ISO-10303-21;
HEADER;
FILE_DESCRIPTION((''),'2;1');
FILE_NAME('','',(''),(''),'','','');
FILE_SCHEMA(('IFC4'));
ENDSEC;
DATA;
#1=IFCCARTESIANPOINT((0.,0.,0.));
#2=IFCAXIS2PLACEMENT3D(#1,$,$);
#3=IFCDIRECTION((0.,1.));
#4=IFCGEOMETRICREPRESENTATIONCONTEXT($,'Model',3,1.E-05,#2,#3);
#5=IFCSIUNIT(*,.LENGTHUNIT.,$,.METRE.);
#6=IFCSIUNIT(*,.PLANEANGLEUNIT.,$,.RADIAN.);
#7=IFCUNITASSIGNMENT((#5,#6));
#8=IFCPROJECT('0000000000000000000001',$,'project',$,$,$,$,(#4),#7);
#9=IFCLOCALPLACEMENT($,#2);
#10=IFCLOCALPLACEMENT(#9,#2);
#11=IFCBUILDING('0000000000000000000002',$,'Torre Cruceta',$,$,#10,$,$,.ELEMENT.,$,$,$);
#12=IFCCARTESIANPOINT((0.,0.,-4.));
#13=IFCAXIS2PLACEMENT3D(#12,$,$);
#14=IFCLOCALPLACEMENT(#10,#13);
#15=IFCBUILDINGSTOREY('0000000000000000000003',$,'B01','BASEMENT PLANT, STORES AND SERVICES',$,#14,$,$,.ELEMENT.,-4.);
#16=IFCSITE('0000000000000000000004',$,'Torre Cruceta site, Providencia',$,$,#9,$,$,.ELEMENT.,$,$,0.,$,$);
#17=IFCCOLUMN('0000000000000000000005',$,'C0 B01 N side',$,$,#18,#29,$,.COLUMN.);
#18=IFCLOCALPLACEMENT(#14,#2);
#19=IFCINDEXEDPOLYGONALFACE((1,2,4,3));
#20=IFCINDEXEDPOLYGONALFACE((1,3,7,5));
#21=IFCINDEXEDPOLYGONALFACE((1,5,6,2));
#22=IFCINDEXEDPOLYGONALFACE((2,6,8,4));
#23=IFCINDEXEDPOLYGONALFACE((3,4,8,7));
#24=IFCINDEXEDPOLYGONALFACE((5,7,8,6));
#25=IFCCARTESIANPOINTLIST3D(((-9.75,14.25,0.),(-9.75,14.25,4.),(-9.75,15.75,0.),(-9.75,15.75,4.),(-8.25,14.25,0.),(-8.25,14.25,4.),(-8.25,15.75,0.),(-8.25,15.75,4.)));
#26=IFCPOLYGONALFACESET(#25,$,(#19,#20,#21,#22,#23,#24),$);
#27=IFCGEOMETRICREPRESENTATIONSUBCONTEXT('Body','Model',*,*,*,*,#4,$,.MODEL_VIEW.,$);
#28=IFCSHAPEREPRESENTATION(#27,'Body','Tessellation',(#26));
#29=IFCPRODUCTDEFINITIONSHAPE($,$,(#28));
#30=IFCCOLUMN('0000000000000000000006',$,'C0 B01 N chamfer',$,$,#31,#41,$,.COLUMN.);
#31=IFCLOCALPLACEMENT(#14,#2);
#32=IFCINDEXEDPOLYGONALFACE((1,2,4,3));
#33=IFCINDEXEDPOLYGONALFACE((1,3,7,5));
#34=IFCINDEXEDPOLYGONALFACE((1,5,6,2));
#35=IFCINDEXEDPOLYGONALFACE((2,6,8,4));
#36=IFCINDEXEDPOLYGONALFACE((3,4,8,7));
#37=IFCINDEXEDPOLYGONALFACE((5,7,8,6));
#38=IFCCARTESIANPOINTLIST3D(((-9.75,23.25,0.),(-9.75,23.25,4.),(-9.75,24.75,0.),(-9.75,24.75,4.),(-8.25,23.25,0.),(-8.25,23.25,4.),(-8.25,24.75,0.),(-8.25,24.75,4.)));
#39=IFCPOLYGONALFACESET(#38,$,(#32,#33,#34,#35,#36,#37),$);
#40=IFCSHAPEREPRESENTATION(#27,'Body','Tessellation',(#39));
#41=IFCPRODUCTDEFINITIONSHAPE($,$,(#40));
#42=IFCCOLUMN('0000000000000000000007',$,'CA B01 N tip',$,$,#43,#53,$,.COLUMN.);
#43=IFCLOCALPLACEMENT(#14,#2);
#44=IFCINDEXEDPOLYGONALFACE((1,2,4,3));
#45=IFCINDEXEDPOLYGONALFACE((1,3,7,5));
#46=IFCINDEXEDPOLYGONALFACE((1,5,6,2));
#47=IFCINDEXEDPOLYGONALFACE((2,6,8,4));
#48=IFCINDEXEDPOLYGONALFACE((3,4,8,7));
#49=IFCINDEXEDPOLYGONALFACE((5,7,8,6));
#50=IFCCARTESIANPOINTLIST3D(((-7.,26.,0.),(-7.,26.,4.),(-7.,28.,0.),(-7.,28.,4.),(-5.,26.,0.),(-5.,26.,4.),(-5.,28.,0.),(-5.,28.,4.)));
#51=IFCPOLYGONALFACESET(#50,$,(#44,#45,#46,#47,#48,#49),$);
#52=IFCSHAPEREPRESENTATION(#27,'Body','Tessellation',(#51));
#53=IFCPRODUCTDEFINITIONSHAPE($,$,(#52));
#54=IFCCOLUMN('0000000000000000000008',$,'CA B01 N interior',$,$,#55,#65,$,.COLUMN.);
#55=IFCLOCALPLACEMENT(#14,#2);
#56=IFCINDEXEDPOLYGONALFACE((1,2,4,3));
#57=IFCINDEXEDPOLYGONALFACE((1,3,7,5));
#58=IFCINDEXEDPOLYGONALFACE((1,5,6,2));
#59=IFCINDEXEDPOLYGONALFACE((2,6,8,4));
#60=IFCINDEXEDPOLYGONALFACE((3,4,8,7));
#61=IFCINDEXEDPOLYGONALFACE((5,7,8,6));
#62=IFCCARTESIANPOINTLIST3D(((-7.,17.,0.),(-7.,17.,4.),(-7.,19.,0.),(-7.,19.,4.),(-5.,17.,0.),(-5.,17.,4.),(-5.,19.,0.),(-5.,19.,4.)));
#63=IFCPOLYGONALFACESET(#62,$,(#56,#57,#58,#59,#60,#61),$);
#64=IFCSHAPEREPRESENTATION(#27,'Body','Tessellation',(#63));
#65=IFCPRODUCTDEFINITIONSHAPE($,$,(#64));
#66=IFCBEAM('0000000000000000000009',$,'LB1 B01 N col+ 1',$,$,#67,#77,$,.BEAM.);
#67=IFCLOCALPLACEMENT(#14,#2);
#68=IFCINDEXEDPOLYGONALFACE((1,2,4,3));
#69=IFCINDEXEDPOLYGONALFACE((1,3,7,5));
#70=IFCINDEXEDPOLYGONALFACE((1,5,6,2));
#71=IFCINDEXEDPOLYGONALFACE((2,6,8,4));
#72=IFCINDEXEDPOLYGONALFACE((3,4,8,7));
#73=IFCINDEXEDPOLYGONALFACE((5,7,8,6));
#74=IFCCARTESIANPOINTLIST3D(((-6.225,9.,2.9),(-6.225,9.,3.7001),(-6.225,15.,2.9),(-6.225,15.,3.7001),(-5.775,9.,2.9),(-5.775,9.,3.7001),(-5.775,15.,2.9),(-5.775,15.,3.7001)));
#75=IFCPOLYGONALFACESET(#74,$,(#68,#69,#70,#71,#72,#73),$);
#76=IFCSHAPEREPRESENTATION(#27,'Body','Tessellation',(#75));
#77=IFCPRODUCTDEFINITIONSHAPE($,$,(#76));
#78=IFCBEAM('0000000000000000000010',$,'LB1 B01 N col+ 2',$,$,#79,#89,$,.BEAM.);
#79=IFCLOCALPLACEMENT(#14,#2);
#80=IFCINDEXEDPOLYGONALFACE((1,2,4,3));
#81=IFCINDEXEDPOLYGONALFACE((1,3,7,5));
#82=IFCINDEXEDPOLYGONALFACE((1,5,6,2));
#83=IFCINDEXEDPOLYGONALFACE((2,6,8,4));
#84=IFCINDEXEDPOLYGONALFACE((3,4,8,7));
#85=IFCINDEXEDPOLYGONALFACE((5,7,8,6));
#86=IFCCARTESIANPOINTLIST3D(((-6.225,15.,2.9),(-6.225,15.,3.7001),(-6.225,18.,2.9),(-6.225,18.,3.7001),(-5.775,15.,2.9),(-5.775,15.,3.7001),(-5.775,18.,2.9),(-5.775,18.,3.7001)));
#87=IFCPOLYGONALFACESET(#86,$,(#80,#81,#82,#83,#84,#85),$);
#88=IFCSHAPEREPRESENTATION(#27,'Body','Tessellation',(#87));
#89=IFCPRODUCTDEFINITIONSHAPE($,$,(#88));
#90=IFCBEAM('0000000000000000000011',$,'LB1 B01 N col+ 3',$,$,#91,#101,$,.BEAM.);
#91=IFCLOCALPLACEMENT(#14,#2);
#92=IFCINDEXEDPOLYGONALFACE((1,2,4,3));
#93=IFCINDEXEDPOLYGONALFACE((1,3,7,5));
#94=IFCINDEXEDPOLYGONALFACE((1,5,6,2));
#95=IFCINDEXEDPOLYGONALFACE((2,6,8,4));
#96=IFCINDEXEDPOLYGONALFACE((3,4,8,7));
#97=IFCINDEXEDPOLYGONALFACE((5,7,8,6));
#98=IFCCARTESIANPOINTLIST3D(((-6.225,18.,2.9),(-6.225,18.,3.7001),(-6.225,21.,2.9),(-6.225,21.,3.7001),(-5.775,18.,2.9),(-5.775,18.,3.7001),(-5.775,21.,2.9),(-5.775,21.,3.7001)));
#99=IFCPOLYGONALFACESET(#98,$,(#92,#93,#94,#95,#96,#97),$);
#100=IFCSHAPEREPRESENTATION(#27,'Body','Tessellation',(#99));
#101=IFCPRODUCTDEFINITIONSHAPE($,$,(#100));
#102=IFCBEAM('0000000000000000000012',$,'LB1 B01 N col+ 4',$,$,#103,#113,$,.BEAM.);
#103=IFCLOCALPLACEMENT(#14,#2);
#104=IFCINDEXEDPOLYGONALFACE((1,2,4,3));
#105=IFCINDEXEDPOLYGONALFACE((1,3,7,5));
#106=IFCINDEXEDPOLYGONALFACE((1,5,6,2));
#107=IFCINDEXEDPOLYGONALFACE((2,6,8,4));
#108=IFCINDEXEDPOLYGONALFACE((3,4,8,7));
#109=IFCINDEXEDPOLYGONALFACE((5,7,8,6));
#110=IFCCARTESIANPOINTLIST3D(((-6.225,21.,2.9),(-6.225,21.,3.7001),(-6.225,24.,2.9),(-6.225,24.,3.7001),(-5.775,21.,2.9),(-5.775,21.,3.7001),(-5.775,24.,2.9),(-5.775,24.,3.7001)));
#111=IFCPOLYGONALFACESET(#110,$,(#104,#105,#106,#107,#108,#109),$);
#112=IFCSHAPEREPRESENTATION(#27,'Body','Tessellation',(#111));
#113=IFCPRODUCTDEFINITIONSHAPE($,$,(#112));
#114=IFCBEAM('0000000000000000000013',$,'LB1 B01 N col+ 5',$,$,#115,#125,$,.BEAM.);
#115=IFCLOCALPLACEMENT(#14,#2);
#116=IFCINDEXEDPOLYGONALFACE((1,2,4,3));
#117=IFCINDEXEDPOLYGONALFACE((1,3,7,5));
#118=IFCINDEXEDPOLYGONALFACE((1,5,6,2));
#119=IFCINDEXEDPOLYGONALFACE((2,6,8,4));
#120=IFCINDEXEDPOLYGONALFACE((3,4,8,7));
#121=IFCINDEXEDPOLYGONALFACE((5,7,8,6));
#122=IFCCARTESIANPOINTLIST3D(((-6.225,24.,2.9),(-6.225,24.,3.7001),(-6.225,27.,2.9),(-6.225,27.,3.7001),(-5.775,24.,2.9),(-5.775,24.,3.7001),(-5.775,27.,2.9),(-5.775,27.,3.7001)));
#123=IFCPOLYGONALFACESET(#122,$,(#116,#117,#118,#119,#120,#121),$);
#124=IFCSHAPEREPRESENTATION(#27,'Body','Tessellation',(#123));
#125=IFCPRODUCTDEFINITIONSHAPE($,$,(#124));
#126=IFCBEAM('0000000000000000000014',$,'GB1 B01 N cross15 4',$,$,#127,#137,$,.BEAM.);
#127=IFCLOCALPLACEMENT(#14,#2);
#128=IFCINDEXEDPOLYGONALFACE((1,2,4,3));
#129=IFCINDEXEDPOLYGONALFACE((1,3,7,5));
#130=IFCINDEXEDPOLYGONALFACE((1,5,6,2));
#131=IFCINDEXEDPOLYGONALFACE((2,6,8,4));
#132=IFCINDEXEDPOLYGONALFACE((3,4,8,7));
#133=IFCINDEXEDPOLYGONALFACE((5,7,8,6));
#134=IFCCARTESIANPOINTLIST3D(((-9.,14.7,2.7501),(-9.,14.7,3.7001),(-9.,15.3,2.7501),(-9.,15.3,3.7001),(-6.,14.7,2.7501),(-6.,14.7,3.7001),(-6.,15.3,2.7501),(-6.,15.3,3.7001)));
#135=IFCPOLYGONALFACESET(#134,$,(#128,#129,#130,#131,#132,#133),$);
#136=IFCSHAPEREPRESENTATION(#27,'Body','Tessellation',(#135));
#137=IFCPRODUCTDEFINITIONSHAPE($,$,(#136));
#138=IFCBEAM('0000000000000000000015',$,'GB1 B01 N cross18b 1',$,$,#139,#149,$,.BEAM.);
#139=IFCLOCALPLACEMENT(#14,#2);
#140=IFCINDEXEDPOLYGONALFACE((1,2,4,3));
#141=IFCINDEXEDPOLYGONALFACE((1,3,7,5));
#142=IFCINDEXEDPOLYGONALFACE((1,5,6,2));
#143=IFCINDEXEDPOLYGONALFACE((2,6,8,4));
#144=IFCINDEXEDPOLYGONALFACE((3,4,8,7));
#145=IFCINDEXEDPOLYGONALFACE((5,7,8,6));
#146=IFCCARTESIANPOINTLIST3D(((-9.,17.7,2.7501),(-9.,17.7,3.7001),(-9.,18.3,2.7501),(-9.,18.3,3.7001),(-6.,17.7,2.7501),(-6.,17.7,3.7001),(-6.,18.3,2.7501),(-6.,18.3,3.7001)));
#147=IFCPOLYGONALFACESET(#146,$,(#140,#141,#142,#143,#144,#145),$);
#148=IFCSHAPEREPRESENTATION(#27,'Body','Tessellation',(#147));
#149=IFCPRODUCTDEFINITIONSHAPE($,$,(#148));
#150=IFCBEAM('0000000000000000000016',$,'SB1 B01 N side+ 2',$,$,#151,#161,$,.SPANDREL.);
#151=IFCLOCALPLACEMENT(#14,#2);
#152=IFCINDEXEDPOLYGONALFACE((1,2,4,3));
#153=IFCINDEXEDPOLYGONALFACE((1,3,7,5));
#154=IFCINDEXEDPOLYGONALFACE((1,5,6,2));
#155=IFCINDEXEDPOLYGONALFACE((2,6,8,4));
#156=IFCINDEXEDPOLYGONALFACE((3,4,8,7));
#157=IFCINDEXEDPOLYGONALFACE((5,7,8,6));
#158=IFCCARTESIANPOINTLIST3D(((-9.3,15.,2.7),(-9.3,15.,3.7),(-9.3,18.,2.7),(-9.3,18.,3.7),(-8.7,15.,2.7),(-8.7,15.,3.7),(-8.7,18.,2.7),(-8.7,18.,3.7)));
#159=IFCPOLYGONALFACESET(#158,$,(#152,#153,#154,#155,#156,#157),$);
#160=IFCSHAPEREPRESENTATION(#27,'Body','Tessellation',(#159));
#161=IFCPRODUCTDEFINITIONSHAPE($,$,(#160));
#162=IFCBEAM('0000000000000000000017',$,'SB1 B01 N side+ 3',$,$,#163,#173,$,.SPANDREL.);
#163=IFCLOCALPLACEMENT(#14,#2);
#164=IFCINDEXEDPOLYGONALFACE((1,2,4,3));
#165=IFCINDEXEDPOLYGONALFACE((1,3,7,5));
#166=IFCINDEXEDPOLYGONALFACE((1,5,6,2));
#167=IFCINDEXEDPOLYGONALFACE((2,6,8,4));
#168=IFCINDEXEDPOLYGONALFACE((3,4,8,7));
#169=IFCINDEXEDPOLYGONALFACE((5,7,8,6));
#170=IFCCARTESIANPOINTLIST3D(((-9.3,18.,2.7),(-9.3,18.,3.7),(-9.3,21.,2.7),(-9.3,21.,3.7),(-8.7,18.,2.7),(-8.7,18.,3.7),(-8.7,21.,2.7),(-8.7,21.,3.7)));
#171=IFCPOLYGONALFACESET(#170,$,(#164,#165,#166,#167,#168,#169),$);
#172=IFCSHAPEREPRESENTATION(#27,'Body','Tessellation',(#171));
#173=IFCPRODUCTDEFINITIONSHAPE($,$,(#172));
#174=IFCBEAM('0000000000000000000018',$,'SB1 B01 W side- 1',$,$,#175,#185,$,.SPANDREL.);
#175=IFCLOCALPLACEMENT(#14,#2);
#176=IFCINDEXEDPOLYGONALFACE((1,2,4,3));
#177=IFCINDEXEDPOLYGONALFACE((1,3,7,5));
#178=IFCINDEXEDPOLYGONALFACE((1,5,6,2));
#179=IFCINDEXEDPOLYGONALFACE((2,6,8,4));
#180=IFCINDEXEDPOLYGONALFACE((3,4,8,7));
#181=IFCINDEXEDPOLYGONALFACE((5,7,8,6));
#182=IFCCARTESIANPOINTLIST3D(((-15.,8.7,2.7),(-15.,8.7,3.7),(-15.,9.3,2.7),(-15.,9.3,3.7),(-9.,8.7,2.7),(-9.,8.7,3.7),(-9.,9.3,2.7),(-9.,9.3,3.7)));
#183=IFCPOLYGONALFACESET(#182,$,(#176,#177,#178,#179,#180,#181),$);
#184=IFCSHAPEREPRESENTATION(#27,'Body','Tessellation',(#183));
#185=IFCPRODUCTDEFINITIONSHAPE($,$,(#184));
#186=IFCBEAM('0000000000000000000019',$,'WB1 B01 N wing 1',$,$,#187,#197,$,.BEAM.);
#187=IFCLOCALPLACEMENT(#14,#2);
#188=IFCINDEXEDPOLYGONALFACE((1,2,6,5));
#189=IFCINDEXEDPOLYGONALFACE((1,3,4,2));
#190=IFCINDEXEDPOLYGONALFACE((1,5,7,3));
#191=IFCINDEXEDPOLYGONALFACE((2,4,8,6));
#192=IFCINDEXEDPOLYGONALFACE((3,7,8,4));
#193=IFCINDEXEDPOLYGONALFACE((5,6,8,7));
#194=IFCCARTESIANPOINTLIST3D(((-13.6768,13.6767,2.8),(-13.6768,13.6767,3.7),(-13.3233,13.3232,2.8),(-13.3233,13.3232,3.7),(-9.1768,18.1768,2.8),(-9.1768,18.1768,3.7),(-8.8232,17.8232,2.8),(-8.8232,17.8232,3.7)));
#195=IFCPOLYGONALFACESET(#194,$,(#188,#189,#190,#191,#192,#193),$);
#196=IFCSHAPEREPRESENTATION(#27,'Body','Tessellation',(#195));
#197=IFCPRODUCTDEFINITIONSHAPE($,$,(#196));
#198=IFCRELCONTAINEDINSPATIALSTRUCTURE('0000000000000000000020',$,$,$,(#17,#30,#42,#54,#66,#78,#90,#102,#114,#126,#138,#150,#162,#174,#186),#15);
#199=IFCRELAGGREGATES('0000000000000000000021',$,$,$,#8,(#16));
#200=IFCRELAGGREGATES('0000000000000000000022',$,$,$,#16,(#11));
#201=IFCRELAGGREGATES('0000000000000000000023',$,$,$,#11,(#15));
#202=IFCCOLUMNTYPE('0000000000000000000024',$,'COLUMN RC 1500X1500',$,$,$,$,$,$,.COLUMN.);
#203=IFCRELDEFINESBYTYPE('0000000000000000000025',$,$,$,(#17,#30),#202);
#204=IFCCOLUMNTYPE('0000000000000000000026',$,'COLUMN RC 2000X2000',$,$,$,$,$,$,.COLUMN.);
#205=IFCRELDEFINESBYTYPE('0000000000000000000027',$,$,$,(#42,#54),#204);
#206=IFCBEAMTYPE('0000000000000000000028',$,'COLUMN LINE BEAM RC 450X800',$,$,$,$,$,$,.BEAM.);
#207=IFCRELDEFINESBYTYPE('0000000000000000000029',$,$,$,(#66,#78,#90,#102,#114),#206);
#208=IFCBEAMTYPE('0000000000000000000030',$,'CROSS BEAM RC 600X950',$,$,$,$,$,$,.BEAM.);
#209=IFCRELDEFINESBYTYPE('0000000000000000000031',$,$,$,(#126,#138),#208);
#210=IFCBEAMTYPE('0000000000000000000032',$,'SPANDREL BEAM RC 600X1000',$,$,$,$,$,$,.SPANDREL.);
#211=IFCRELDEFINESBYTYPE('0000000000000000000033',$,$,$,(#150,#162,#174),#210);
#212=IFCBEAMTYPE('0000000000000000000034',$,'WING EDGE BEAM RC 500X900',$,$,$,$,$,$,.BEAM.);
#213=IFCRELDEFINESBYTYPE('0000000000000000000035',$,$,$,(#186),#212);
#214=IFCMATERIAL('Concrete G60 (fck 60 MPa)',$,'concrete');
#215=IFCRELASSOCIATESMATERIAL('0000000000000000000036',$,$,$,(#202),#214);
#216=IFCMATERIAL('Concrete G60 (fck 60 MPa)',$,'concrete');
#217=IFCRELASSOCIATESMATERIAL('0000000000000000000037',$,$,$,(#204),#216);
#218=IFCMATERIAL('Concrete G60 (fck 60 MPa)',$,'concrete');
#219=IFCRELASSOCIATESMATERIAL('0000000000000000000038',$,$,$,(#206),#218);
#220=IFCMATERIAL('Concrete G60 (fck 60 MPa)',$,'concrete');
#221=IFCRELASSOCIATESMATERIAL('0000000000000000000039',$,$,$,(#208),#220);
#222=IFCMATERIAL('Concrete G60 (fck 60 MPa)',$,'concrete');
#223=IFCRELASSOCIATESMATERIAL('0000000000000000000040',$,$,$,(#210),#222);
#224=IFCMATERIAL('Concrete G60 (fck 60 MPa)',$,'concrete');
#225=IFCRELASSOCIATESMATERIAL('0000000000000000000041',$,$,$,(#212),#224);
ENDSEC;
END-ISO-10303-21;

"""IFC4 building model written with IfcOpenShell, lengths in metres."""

from ifc_helpers import new_model, si_unit, direction, frame, origin, origin_2d, place, context, subcontext, project, spatial, rectangle, extrude, material, material_profile, profile_set, type_object, element, save


model = new_model("IFC4")

# Units and contexts
model_context = context("Model", 3, precision=1e-05, world=origin(), true_north=direction((0.0, 1.0)))
body_context = subcontext(model_context, "Body", "Model", "MODEL_VIEW")
ifc_project = project(units=[si_unit("LENGTHUNIT", "METRE"), si_unit("PLANEANGLEUNIT", "RADIAN")], contexts=[model_context])

# Site, building, storey
site_placement = place(None, origin())
site = spatial("IfcSite", under=ifc_project, at=site_placement, Name="Torre Cruceta site, Providencia", CompositionType="ELEMENT", RefElevation=0.0)
building_placement = place(site_placement, origin())
building = spatial("IfcBuilding", under=site, at=building_placement, Name="Torre Cruceta", CompositionType="ELEMENT")
storey_placement = place(building_placement, frame((0.0, 0.0, -4.0)))
storey = spatial("IfcBuildingStorey", under=building, at=storey_placement, Name="B01", Description="BASEMENT PLANT, STORES AND SERVICES", CompositionType="ELEMENT", Elevation=-4.0)

# Columns
ifc_material_1 = material(Name="Concrete G60 (fck 60 MPa)", Category="concrete")
ifc_material_profile_1 = material_profile(ifc_material_1, rectangle(XDim=1.5, YDim=1.5, at=origin_2d()), Name="RC 1500X1500")
ifc_profile_set_1 = profile_set([ifc_material_profile_1], Name="Concrete G60 (fck 60 MPa)")
column_type_1 = type_object("IfcColumnType", Name="COLUMN RC 1500X1500", PredefinedType="COLUMN", material=ifc_profile_set_1)
for number, where, z_axis, x_axis, name in (
    (1, (-9.0, 15.0, 0.0), (0.0, 0.0, 1.0), (1.0, 0.0, 0.0), "C0 B01 N side"),
    (2, (-9.0, 24.0, 0.0), (0.0, 0.0, 1.0), (1.0, 0.0, 0.0), "C0 B01 N chamfer"),
):
    element("IfcColumn", number, at=place(storey_placement, frame(where, z_axis=z_axis, x_axis=x_axis)), inside=storey, type_object=column_type_1, Name=name, PredefinedType="COLUMN", context=body_context, shape_type="SweptSolid", body=[
        extrude(rectangle(XDim=1.5, YDim=1.5, at=origin_2d()), origin(), (0.0, 0.0, 1.0), 4.0),
    ])
ifc_material_2 = material(Name="Concrete G60 (fck 60 MPa)", Category="concrete")
ifc_material_profile_2 = material_profile(ifc_material_2, rectangle(XDim=2.0, YDim=2.0, at=origin_2d()), Name="RC 2000X2000")
ifc_profile_set_2 = profile_set([ifc_material_profile_2], Name="Concrete G60 (fck 60 MPa)")
column_type_2 = type_object("IfcColumnType", Name="COLUMN RC 2000X2000", PredefinedType="COLUMN", material=ifc_profile_set_2)
for number, where, z_axis, x_axis, name in (
    (3, (-6.0, 27.0, 0.0), (0.0, 0.0, 1.0), (1.0, 0.0, 0.0), "CA B01 N tip"),
    (4, (-6.0, 18.0, 0.0), (0.0, 0.0, 1.0), (1.0, 0.0, 0.0), "CA B01 N interior"),
):
    element("IfcColumn", number, at=place(storey_placement, frame(where, z_axis=z_axis, x_axis=x_axis)), inside=storey, type_object=column_type_2, Name=name, PredefinedType="COLUMN", context=body_context, shape_type="SweptSolid", body=[
        extrude(rectangle(XDim=2.0, YDim=2.0, at=origin_2d()), origin(), (0.0, 0.0, 1.0), 4.0),
    ])

# Beams
ifc_material_3 = material(Name="Concrete G60 (fck 60 MPa)", Category="concrete")
ifc_material_profile_3 = material_profile(ifc_material_3, rectangle(XDim=0.45, YDim=0.8, at=origin_2d()), Name="RC 450X800")
ifc_profile_set_3 = profile_set([ifc_material_profile_3], Name="Concrete G60 (fck 60 MPa)")
beam_type_1 = type_object("IfcBeamType", Name="COLUMN LINE BEAM RC 450X800", PredefinedType="BEAM", material=ifc_profile_set_3)
beam_1_placement = place(storey_placement, frame((-6.0, 9.0, 3.3), z_axis=(0.0, 1.0, 0.0), x_axis=(-1.0, 0.0, 0.0)))
element("IfcBeam", 5, at=beam_1_placement, inside=storey, type_object=beam_type_1, Name="LB1 B01 N col+ 1", PredefinedType="BEAM", context=body_context, shape_type="SweptSolid", body=[
    extrude(rectangle(XDim=0.45, YDim=0.8, at=origin_2d()), origin(), (0.0, 0.0, 1.0), 6.0),
])
for number, where, z_axis, x_axis, name in (
    (6, (-6.0, 15.0, 3.3), (0.0, 1.0, 0.0), (-1.0, 0.0, 0.0), "LB1 B01 N col+ 2"),
    (7, (-6.0, 18.0, 3.3), (0.0, 1.0, 0.0), (-1.0, 0.0, 0.0), "LB1 B01 N col+ 3"),
    (8, (-6.0, 21.0, 3.3), (0.0, 1.0, 0.0), (-1.0, 0.0, 0.0), "LB1 B01 N col+ 4"),
    (9, (-6.0, 24.0, 3.3), (0.0, 1.0, 0.0), (-1.0, 0.0, 0.0), "LB1 B01 N col+ 5"),
):
    element("IfcBeam", number, at=place(storey_placement, frame(where, z_axis=z_axis, x_axis=x_axis)), inside=storey, type_object=beam_type_1, Name=name, PredefinedType="BEAM", context=body_context, shape_type="SweptSolid", body=[
        extrude(rectangle(XDim=0.45, YDim=0.8, at=origin_2d()), origin(), (0.0, 0.0, 1.0), 3.0),
    ])
ifc_material_4 = material(Name="Concrete G60 (fck 60 MPa)", Category="concrete")
ifc_material_profile_4 = material_profile(ifc_material_4, rectangle(XDim=0.6001, YDim=0.95, at=origin_2d()), Name="RC 600X950")
ifc_profile_set_4 = profile_set([ifc_material_profile_4], Name="Concrete G60 (fck 60 MPa)")
beam_type_2 = type_object("IfcBeamType", Name="CROSS BEAM RC 600X950", PredefinedType="BEAM", material=ifc_profile_set_4)
for number, where, z_axis, x_axis, name in (
    (10, (-6.0, 15.0, 3.2251), (-1.0, 0.0, 0.0), (0.0, -1.0, 0.0), "GB1 B01 N cross15 4"),
    (11, (-6.0, 18.0, 3.2251), (-1.0, 0.0, 0.0), (0.0, -1.0, 0.0), "GB1 B01 N cross18b 1"),
):
    element("IfcBeam", number, at=place(storey_placement, frame(where, z_axis=z_axis, x_axis=x_axis)), inside=storey, type_object=beam_type_2, Name=name, PredefinedType="BEAM", context=body_context, shape_type="SweptSolid", body=[
        extrude(rectangle(XDim=0.6001, YDim=0.95, at=origin_2d()), origin(), (0.0, 0.0, 1.0), 3.0),
    ])
ifc_material_5 = material(Name="Concrete G60 (fck 60 MPa)", Category="concrete")
ifc_material_profile_5 = material_profile(ifc_material_5, rectangle(XDim=0.6001, YDim=1.0, at=origin_2d()), Name="RC 600X1000")
ifc_profile_set_5 = profile_set([ifc_material_profile_5], Name="Concrete G60 (fck 60 MPa)")
beam_type_3 = type_object("IfcBeamType", Name="SPANDREL BEAM RC 600X1000", PredefinedType="SPANDREL", material=ifc_profile_set_5)
for number, where, z_axis, x_axis, name in (
    (12, (-9.0, 15.0, 3.2), (0.0, 1.0, 0.0), (-1.0, 0.0, 0.0), "SB1 B01 N side+ 2"),
    (13, (-9.0, 18.0, 3.2), (0.0, 1.0, 0.0), (-1.0, 0.0, 0.0), "SB1 B01 N side+ 3"),
):
    element("IfcBeam", number, at=place(storey_placement, frame(where, z_axis=z_axis, x_axis=x_axis)), inside=storey, type_object=beam_type_3, Name=name, PredefinedType="SPANDREL", context=body_context, shape_type="SweptSolid", body=[
        extrude(rectangle(XDim=0.6001, YDim=1.0, at=origin_2d()), origin(), (0.0, 0.0, 1.0), 3.0),
    ])
beam_2_placement = place(storey_placement, frame((-9.0, 9.0, 3.2), z_axis=(-1.0, 0.0, 0.0), x_axis=(0.0, -1.0, 0.0)))
element("IfcBeam", 14, at=beam_2_placement, inside=storey, type_object=beam_type_3, Name="SB1 B01 W side- 1", PredefinedType="SPANDREL", context=body_context, shape_type="SweptSolid", body=[
    extrude(rectangle(XDim=0.6001, YDim=1.0, at=origin_2d()), origin(), (0.0, 0.0, 1.0), 6.0),
])
ifc_material_6 = material(Name="Concrete G60 (fck 60 MPa)", Category="concrete")
ifc_material_profile_6 = material_profile(ifc_material_6, rectangle(XDim=0.5, YDim=0.8999, at=origin_2d()), Name="RC 500X900")
ifc_profile_set_6 = profile_set([ifc_material_profile_6], Name="Concrete G60 (fck 60 MPa)")
beam_type_4 = type_object("IfcBeamType", Name="WING EDGE BEAM RC 500X900", PredefinedType="BEAM", material=ifc_profile_set_6)
beam_3_placement = place(storey_placement, frame((-9.0, 18.0, 3.25), z_axis=(-0.707107, -0.707107, 0.0), x_axis=(0.707107, -0.707107, 0.0)))
element("IfcBeam", 15, at=beam_3_placement, inside=storey, type_object=beam_type_4, Name="WB1 B01 N wing 1", PredefinedType="BEAM", context=body_context, shape_type="SweptSolid", body=[
    extrude(rectangle(XDim=0.5, YDim=0.8999, at=origin_2d()), origin(), (0.0, 0.0, 1.0), 6.364),
])

save(model, "model.ifc")
